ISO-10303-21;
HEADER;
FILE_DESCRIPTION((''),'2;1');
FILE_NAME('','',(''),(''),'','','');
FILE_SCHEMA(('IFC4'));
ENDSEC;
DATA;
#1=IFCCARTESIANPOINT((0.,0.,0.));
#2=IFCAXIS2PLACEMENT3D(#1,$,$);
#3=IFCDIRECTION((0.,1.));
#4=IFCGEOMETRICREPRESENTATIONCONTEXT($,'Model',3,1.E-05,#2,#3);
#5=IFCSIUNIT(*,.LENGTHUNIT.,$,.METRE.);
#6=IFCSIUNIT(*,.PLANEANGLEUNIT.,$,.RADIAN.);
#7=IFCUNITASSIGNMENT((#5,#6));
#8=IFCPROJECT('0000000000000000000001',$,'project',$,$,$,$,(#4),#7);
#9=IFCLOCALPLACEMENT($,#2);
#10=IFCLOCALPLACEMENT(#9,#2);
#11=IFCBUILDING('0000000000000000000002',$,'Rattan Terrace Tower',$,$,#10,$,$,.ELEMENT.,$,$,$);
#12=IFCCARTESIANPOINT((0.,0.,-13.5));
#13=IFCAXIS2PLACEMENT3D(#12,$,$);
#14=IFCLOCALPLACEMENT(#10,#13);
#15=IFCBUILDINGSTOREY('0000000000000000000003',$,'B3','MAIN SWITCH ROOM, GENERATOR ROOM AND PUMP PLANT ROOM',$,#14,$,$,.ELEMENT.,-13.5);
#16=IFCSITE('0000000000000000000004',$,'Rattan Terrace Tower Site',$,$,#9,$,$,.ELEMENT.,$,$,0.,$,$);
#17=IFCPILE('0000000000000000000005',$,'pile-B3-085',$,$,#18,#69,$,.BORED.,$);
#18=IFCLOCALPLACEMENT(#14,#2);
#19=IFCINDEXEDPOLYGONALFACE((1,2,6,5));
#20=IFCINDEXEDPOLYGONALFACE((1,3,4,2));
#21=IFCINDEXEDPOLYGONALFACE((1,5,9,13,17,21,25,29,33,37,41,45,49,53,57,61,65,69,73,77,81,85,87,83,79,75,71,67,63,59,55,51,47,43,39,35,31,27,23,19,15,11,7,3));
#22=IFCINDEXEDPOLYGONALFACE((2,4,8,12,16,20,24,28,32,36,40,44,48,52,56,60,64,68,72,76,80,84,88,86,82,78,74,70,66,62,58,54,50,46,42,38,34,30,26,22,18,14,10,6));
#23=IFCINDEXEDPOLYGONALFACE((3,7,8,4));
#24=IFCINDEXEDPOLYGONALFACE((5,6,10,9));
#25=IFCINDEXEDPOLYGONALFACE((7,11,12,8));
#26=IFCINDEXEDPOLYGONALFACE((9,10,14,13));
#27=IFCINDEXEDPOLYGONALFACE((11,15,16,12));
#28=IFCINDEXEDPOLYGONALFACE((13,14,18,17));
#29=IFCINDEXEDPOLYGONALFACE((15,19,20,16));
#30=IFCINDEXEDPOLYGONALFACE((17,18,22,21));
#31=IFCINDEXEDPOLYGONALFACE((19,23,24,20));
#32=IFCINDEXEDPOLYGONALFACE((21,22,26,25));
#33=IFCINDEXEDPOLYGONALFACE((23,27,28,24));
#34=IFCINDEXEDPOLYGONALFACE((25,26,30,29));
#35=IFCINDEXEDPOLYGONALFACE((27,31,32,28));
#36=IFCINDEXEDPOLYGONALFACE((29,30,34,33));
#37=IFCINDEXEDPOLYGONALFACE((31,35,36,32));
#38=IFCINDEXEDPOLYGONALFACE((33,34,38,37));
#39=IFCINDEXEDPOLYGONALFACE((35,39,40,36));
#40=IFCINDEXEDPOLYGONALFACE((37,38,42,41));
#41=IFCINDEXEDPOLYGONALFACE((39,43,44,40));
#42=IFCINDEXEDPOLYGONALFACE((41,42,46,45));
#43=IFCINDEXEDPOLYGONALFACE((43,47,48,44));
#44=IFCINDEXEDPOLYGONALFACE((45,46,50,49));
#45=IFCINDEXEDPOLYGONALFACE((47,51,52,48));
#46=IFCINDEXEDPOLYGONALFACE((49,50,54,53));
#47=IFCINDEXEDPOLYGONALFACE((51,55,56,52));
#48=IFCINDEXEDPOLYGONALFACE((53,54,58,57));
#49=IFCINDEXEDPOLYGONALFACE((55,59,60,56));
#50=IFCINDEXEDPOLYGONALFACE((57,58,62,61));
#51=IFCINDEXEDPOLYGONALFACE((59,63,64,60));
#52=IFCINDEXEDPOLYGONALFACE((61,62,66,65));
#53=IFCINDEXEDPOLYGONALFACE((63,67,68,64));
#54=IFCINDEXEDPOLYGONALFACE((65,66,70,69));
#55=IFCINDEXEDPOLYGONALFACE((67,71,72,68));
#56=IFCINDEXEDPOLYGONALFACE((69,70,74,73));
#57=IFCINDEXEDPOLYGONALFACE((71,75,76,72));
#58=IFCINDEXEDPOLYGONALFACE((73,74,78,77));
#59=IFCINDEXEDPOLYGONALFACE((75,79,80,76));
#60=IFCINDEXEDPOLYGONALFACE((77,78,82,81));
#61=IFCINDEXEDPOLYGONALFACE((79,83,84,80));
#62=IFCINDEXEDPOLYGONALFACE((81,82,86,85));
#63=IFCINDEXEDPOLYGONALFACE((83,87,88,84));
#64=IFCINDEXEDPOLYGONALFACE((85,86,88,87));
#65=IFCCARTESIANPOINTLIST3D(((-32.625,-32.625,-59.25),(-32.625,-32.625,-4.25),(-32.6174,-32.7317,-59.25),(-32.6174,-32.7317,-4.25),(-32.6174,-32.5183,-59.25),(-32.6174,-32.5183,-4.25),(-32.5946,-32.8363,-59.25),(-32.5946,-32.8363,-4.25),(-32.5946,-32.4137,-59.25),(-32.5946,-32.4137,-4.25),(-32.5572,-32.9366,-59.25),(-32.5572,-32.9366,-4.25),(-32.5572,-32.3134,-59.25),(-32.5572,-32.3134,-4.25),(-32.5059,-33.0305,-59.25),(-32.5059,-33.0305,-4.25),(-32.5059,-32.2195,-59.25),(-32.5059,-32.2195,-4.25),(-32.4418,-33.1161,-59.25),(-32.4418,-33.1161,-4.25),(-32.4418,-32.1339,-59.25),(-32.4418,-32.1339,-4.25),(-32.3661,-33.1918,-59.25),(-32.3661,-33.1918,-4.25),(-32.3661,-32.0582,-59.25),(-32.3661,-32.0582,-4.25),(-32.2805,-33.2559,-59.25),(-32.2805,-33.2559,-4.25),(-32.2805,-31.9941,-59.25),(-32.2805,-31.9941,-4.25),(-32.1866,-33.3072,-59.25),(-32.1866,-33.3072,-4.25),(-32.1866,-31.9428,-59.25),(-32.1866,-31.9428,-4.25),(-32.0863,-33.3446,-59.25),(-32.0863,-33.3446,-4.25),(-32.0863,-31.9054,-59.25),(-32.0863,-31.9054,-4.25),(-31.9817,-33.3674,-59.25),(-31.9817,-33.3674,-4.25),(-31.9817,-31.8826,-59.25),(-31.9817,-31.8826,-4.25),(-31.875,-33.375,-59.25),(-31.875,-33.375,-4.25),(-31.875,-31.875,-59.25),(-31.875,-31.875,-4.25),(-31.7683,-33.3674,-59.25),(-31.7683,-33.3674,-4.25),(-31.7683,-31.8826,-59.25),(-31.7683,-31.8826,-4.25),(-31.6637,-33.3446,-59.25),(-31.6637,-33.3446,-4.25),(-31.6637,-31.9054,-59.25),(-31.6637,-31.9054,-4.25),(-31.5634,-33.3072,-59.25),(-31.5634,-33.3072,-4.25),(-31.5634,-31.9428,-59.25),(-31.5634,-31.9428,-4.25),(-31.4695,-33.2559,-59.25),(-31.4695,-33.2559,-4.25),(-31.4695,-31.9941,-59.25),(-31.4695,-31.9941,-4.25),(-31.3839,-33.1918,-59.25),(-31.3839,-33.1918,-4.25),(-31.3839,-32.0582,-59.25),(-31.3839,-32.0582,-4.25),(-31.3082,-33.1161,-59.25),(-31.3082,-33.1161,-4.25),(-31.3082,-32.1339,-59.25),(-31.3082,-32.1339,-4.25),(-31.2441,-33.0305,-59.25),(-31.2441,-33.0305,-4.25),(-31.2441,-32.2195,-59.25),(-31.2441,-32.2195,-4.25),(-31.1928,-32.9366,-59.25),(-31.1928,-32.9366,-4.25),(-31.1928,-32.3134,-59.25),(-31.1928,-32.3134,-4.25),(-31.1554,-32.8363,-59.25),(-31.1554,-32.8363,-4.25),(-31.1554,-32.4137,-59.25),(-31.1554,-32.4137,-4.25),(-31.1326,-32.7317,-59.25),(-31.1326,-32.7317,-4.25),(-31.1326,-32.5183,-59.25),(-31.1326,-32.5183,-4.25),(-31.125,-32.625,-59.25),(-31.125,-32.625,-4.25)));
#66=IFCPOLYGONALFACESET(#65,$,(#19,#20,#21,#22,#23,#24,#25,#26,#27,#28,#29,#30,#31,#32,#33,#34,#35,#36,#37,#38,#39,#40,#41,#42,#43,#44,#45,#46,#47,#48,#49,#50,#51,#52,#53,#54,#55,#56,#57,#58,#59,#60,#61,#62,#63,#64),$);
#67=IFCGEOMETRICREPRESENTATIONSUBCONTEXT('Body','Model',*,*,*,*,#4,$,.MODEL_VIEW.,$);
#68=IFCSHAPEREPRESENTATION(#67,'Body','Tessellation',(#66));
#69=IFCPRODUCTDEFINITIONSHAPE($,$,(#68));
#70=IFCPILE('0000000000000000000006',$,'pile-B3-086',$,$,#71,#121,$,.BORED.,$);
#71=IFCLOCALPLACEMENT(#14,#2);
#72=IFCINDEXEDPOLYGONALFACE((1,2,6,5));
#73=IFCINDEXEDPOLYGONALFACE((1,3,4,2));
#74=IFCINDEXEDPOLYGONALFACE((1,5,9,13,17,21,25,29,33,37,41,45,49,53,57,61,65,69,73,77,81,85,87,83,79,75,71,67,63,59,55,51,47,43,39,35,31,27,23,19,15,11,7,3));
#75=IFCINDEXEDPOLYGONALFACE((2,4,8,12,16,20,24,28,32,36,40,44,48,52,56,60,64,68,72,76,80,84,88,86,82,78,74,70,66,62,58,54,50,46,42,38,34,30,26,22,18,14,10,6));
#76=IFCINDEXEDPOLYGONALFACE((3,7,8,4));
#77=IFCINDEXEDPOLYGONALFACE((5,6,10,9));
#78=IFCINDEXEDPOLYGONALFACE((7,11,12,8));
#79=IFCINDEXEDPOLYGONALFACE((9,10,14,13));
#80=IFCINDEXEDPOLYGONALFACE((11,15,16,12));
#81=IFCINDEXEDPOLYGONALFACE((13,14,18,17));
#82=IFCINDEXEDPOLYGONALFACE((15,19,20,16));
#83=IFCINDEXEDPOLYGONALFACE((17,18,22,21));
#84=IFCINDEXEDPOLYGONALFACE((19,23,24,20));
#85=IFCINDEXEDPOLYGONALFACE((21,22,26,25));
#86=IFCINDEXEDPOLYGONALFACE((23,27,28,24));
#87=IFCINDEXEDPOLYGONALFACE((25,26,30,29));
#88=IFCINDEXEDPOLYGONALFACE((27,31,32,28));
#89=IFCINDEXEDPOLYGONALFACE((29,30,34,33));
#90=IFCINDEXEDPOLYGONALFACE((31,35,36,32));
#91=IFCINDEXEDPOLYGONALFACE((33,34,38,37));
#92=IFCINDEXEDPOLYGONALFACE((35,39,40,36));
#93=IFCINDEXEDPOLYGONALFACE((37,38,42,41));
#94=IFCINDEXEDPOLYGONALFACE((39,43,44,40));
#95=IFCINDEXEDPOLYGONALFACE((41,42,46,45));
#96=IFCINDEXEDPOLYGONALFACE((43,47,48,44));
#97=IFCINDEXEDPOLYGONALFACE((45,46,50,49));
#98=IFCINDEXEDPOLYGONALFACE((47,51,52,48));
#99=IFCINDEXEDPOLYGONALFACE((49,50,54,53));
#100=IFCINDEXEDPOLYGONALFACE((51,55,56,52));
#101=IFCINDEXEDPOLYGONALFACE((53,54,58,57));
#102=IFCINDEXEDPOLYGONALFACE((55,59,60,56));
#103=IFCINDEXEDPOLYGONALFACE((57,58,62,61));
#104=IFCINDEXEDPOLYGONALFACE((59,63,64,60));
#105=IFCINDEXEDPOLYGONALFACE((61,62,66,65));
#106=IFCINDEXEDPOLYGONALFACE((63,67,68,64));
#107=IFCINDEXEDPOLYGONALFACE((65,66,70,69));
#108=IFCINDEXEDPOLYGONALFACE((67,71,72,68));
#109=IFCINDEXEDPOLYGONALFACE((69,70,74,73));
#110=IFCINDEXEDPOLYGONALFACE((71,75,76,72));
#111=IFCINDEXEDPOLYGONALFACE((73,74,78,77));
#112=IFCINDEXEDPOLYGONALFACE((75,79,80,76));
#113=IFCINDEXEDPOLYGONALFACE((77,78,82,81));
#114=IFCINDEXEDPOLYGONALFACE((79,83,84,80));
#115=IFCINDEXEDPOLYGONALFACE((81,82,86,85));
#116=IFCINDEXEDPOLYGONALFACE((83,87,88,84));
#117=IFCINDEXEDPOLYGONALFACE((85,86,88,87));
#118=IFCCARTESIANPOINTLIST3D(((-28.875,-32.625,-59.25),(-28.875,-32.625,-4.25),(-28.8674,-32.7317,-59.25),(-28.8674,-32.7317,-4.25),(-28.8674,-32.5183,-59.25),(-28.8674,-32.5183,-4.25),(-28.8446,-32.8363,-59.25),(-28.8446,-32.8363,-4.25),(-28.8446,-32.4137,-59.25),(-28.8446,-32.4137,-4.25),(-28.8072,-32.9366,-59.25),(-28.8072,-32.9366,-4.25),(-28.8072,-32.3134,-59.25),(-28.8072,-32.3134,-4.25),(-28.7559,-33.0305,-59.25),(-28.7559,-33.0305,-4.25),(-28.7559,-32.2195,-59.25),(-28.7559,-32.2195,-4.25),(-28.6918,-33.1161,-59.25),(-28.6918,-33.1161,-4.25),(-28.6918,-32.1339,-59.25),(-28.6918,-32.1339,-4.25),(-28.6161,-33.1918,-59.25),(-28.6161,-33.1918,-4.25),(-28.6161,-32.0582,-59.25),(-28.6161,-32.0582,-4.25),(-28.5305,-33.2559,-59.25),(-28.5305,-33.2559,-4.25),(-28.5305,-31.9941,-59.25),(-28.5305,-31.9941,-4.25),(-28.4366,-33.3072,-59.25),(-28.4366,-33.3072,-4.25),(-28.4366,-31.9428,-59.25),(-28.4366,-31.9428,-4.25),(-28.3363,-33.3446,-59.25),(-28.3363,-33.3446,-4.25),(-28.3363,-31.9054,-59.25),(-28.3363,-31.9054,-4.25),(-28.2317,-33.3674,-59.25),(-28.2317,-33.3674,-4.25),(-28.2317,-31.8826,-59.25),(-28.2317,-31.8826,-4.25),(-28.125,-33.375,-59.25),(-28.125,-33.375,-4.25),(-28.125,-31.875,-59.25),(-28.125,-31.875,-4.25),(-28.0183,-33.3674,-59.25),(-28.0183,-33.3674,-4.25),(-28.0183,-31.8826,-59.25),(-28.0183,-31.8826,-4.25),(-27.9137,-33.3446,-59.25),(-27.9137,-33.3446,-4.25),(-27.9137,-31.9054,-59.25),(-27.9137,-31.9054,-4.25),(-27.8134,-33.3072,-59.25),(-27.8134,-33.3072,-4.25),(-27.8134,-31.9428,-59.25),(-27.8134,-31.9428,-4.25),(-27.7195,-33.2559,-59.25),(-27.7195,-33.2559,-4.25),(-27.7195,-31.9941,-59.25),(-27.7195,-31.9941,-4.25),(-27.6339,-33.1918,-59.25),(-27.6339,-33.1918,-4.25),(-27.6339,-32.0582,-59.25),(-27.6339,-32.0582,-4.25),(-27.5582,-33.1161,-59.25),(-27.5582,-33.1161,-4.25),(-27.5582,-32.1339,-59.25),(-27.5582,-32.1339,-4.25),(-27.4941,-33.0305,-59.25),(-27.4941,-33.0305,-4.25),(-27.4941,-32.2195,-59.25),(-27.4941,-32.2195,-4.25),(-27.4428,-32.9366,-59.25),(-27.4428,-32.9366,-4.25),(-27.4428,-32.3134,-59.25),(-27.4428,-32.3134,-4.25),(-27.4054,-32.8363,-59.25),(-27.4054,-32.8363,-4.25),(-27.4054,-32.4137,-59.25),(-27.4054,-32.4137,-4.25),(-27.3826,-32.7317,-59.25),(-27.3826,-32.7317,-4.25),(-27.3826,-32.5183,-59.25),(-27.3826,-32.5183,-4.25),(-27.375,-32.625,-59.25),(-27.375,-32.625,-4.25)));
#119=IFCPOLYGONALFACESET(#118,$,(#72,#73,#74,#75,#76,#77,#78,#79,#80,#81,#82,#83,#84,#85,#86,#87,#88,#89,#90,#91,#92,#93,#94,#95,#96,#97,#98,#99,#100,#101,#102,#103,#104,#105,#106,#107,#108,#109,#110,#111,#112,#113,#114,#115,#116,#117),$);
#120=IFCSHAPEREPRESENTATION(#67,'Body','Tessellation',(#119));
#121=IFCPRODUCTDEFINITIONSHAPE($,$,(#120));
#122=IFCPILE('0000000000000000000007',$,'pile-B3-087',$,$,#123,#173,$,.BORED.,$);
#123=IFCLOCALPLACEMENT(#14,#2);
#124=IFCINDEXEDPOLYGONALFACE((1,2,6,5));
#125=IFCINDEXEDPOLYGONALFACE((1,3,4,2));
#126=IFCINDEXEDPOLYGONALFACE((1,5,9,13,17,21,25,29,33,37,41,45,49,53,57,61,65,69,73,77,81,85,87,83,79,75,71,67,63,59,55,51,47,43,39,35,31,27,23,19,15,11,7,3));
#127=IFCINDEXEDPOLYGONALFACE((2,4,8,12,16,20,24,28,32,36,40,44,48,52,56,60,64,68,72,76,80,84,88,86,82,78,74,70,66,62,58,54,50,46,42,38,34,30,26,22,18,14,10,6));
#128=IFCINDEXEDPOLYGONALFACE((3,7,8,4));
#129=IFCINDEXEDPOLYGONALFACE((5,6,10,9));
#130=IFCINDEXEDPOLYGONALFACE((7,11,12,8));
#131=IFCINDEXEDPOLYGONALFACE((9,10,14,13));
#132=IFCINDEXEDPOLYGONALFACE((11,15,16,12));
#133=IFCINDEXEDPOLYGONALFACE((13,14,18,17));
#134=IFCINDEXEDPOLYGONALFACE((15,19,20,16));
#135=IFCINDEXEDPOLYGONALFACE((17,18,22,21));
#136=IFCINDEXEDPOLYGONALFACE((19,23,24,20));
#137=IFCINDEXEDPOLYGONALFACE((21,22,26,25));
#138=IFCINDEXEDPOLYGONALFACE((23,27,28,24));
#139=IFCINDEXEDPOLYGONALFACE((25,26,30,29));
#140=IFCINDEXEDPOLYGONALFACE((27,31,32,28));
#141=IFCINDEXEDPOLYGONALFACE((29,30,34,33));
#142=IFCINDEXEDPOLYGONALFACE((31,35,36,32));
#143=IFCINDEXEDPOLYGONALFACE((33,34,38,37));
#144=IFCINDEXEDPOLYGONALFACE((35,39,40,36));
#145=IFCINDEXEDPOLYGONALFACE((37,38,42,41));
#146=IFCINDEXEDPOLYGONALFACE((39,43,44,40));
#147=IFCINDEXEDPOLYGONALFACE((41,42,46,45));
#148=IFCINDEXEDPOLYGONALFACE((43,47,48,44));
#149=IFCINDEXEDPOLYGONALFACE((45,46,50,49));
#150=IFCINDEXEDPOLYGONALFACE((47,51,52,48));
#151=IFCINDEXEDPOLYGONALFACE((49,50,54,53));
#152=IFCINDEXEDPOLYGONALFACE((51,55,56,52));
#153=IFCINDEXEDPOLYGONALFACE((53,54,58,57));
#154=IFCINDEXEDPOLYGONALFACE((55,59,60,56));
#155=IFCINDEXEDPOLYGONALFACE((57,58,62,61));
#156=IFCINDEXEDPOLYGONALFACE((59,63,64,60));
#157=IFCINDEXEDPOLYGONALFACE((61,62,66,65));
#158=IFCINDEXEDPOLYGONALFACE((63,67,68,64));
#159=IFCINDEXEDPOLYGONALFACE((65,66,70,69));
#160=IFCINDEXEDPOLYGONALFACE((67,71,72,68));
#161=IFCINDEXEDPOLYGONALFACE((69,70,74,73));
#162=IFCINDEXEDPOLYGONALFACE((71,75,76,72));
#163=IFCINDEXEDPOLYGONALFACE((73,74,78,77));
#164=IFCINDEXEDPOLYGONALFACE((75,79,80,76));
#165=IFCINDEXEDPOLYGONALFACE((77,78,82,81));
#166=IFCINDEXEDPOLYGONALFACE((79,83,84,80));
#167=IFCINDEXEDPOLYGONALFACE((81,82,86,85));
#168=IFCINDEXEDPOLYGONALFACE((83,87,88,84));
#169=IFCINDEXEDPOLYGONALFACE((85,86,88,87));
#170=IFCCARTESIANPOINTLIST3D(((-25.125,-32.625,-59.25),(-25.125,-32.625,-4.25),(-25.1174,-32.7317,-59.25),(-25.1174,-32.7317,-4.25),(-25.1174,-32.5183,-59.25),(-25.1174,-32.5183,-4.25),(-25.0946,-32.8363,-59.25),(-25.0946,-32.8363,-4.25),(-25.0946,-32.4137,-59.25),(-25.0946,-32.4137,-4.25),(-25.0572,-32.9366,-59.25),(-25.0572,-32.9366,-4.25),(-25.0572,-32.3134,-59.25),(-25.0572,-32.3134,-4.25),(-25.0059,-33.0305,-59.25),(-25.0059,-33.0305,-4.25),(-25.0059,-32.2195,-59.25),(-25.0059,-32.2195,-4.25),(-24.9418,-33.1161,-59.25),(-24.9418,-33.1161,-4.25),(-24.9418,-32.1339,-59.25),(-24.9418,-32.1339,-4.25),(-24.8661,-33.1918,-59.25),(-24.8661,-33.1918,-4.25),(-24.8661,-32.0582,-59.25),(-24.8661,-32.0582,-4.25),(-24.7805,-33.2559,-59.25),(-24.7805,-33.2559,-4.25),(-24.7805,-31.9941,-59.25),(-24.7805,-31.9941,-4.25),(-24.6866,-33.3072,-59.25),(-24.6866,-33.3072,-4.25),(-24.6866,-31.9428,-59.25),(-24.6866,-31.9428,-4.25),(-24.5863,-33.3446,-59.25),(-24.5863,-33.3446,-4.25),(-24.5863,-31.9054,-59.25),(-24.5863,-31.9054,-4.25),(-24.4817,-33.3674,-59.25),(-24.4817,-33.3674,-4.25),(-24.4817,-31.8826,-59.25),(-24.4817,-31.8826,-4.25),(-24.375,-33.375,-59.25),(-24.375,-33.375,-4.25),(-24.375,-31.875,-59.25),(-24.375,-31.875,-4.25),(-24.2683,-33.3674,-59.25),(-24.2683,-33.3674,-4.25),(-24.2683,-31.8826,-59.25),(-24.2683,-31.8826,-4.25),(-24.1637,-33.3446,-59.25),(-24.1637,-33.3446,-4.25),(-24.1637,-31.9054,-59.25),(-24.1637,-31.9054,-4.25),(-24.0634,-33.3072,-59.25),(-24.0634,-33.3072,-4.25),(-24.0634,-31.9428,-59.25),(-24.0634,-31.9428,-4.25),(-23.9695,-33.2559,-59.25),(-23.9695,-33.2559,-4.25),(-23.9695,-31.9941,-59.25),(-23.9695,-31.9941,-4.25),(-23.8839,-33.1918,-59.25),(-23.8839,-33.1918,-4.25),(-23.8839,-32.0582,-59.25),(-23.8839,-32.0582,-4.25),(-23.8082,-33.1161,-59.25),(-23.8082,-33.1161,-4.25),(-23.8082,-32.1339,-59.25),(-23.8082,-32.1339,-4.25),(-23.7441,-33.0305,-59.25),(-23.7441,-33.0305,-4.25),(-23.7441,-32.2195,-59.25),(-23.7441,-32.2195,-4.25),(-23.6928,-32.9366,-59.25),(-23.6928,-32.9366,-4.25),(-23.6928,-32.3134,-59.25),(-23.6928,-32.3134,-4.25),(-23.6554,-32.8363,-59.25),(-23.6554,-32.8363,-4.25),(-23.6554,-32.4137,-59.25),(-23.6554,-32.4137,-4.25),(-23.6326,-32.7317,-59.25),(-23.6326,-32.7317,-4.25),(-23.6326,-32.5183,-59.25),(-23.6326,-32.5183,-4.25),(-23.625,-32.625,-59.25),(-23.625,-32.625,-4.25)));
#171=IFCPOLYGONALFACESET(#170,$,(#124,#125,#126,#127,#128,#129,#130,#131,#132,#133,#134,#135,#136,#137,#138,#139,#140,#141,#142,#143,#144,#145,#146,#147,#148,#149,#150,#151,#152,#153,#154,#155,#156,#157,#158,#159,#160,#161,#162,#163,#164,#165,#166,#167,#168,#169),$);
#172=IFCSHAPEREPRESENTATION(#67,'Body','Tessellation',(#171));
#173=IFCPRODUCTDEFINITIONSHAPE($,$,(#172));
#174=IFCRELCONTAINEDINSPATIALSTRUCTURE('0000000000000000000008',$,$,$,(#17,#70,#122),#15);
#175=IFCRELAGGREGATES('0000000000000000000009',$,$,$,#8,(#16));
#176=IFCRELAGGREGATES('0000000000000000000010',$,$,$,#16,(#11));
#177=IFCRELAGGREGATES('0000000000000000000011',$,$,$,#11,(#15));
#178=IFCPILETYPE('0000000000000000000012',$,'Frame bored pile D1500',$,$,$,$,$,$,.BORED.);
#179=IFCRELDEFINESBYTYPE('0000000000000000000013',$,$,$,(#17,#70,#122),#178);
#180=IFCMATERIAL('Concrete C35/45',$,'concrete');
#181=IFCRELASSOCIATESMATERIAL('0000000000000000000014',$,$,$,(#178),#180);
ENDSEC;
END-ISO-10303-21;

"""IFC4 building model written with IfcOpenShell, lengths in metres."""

from ifc_helpers import new_model, si_unit, direction, frame, origin, origin_2d, place, context, subcontext, project, spatial, circle, extrude, material, material_profile, profile_set, type_object, element, save


model = new_model("IFC4")

# Units and contexts
model_context = context("Model", 3, precision=1e-05, world=origin(), true_north=direction((0.0, 1.0)))
body_context = subcontext(model_context, "Body", "Model", "MODEL_VIEW")
ifc_project = project(units=[si_unit("LENGTHUNIT", "METRE"), si_unit("PLANEANGLEUNIT", "RADIAN")], contexts=[model_context])

# Site, building, storey
site_placement = place(None, origin())
site = spatial("IfcSite", under=ifc_project, at=site_placement, Name="Rattan Terrace Tower Site", CompositionType="ELEMENT", RefElevation=0.0)
building_placement = place(site_placement, origin())
building = spatial("IfcBuilding", under=site, at=building_placement, Name="Rattan Terrace Tower", CompositionType="ELEMENT")
storey_placement = place(building_placement, frame((0.0, 0.0, -13.5)))
storey = spatial("IfcBuildingStorey", under=building, at=storey_placement, Name="B3", Description="MAIN SWITCH ROOM, GENERATOR ROOM AND PUMP PLANT ROOM", CompositionType="ELEMENT", Elevation=-13.5)

# Piles
ifc_material_1 = material(Name="Concrete C35/45", Category="concrete")
ifc_material_profile_1 = material_profile(ifc_material_1, circle(Radius=0.75, at=origin_2d()), Name="PILE D1500")
ifc_profile_set_1 = profile_set([ifc_material_profile_1], Name="Concrete C35/45")
pile_type = type_object("IfcPileType", Name="Frame bored pile D1500", PredefinedType="BORED", material=ifc_profile_set_1)
for number, where, z_axis, x_axis, name in (
    (1, (-31.875, -32.625, -4.25), (0.0, 0.0, -1.0), (1.0, 0.0, 0.0), "pile-B3-085"),
    (2, (-28.125, -32.625, -4.25), (0.0, 0.0, -1.0), (1.0, 0.0, 0.0), "pile-B3-086"),
    (3, (-24.375, -32.625, -4.25), (0.0, 0.0, -1.0), (1.0, 0.0, 0.0), "pile-B3-087"),
):
    element("IfcPile", number, at=place(storey_placement, frame(where, z_axis=z_axis, x_axis=x_axis)), inside=storey, type_object=pile_type, Name=name, PredefinedType="BORED", context=body_context, shape_type="SweptSolid", body=[
        extrude(circle(Radius=0.75, at=origin_2d()), origin(), (0.0, 0.0, 1.0), 55.0),
    ])

save(model, "model.ifc")
